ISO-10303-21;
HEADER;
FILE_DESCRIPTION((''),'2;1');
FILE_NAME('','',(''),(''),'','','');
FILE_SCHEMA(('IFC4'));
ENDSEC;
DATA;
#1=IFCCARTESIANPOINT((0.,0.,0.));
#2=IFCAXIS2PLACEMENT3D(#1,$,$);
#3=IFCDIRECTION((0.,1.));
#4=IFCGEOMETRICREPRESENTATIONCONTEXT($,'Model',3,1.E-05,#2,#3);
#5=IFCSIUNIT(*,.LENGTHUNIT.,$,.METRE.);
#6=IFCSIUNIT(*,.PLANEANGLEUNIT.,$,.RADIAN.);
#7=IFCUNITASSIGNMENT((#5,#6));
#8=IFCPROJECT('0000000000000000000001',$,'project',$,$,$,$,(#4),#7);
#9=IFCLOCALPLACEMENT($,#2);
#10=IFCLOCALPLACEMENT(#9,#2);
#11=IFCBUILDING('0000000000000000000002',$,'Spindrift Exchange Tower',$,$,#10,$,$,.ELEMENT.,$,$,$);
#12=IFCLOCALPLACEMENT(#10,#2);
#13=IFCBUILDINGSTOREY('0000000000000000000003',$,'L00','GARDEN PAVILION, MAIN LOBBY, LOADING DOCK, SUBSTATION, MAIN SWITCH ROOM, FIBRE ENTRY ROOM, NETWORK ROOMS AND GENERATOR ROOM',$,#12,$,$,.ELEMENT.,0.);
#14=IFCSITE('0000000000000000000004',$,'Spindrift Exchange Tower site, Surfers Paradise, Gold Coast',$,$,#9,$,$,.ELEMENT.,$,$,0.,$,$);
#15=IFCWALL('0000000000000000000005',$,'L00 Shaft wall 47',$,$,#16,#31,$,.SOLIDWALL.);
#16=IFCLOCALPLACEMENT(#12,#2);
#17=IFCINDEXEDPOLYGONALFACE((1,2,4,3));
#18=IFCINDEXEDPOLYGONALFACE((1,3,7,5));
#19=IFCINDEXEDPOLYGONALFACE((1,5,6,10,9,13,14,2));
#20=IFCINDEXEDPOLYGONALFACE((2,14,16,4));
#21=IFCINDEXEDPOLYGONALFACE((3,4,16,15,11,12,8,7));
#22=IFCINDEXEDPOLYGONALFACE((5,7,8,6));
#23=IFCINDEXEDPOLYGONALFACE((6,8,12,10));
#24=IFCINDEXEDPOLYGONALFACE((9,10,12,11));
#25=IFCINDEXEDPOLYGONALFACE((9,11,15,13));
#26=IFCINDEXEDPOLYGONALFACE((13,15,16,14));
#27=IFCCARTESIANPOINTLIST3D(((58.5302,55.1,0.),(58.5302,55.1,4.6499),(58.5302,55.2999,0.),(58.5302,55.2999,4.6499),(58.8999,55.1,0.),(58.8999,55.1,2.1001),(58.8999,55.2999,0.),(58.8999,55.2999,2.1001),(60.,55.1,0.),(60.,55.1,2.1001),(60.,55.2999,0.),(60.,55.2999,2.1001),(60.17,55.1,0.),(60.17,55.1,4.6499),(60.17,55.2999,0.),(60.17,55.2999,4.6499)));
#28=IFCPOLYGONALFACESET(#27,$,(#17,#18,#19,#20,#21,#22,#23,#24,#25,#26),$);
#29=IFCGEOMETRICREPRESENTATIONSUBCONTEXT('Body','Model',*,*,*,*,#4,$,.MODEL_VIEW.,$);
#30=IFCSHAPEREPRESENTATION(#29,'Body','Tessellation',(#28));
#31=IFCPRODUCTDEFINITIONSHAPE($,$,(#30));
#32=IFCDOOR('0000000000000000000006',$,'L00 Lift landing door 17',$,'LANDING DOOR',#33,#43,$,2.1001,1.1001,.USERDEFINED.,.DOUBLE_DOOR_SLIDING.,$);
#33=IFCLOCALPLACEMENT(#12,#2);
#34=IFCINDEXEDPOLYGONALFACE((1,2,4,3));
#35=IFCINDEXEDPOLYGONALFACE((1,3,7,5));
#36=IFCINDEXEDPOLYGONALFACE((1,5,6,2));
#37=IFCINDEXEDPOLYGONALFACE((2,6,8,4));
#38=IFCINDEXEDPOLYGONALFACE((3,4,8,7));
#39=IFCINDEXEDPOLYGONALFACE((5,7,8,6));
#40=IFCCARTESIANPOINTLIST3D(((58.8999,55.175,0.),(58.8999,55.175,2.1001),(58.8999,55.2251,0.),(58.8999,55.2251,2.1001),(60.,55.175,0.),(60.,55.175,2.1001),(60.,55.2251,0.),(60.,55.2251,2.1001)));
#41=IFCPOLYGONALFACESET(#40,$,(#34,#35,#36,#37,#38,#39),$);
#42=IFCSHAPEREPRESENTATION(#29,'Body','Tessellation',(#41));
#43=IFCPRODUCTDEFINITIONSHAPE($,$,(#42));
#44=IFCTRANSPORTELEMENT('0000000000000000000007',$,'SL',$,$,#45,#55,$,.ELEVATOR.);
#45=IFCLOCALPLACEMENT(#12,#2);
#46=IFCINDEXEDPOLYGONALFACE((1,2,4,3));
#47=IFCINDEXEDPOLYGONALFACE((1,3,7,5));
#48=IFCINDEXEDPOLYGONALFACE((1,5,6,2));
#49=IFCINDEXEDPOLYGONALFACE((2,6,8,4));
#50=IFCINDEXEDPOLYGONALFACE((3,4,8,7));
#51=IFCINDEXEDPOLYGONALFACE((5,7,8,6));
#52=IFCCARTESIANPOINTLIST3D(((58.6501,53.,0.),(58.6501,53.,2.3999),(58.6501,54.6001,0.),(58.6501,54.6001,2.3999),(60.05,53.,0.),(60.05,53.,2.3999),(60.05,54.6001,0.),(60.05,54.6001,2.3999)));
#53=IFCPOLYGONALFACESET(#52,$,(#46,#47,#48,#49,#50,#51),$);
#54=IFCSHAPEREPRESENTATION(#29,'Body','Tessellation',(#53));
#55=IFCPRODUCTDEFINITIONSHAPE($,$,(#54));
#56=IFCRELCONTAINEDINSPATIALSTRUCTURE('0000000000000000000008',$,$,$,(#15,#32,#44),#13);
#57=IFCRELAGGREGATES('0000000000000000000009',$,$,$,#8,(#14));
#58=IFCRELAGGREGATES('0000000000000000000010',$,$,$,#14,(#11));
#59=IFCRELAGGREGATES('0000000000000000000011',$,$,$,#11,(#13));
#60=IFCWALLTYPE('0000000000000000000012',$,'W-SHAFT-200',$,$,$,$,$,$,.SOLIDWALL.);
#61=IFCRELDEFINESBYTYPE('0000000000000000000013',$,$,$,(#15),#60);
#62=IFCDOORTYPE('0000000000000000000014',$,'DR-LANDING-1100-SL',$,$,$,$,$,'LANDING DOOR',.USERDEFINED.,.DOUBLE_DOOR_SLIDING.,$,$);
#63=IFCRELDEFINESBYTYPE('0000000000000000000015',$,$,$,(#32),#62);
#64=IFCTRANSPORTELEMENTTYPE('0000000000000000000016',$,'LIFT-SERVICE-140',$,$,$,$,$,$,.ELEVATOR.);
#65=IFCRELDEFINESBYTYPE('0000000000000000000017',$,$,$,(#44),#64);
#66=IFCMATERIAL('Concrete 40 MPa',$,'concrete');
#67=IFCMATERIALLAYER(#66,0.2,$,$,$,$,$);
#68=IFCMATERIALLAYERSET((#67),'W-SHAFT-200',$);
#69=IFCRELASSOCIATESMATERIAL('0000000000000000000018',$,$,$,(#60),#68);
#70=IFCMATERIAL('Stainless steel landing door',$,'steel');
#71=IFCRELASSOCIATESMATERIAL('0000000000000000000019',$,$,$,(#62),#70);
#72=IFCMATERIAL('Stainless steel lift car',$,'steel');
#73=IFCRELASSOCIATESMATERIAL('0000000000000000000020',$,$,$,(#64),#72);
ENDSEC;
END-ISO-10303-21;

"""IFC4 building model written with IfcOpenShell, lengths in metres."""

from ifc_helpers import new_model, si_unit, direction, frame, frame_2d, origin, origin_2d, place, context, subcontext, project, spatial, rectangle, extrude, source, transform, mapped, material, layer, layer_set, type_object, element, fill, save


model = new_model("IFC4")

# Units and contexts
model_context = context("Model", 3, precision=1e-05, world=origin(), true_north=direction((0.0, 1.0)))
body_context = subcontext(model_context, "Body", "Model", "MODEL_VIEW")
ifc_project = project(units=[si_unit("LENGTHUNIT", "METRE"), si_unit("PLANEANGLEUNIT", "RADIAN")], contexts=[model_context])

# Site, building, storey
site_placement = place(None, origin())
site = spatial("IfcSite", under=ifc_project, at=site_placement, Name="Spindrift Exchange Tower site, Surfers Paradise, Gold Coast", CompositionType="ELEMENT", RefElevation=0.0)
building_placement = place(site_placement, origin())
building = spatial("IfcBuilding", under=site, at=building_placement, Name="Spindrift Exchange Tower", CompositionType="ELEMENT")
storey_placement = place(building_placement, origin())
storey = spatial("IfcBuildingStorey", under=building, at=storey_placement, Name="L00", Description="GARDEN PAVILION, MAIN LOBBY, LOADING DOCK, SUBSTATION, MAIN SWITCH ROOM, FIBRE ENTRY ROOM, NETWORK ROOMS AND GENERATOR ROOM", CompositionType="ELEMENT", Elevation=0.0)

# Shared definitions
ifc_material_1 = material(Name="Concrete 40 MPa", Category="concrete")

# Shared definitions
ifc_layer_1 = layer(ifc_material_1, 0.2)
ifc_layer_set_1 = layer_set([ifc_layer_1], Name="W-SHAFT-200")
wall_type_1 = type_object("IfcWallType", Name="W-SHAFT-200", PredefinedType="SOLIDWALL", material=ifc_layer_set_1)

# Wall, opening, door
wall_1_placement = place(storey_placement, frame((60.1699, 55.2, 0.0), z_axis=(0.0, 0.0, 1.0), x_axis=(-1.0, 0.0, 0.0)))
wall_1 = element("IfcWall", 1, at=wall_1_placement, inside=storey, type_object=wall_type_1, Name="L00 Shaft wall 47", PredefinedType="SOLIDWALL", context=body_context, shape_type="SweptSolid", body=[
    extrude(rectangle(XDim=1.6399, YDim=0.2, at=frame_2d((0.8198, 0.0))), origin(), (0.0, 0.0, 1.0), 4.6499),
])
opening_1_placement = place(wall_1_placement, frame((0.1699, 0.0, 0.0)))
opening_1 = element("IfcOpeningElement", 2, at=opening_1_placement, cuts=wall_1, PredefinedType="OPENING", context=body_context, shape_type="SweptSolid", body=[
    extrude(rectangle(XDim=1.1001, YDim=2.1001, at=frame_2d((0.55, 1.05))), frame((0.0, 0.1099, 0.0), z_axis=(0.0, -1.0, 0.0), x_axis=(1.0, 0.0, 0.0)), (0.0, 0.0, 1.0), 0.22),
])
ifc_material_2 = material(Name="Stainless steel landing door", Category="steel")
door_type_1 = type_object("IfcDoorType", Name="DR-LANDING-1100-SL", ElementType="LANDING DOOR", OperationType="DOUBLE_DOOR_SLIDING", PredefinedType="USERDEFINED", material=ifc_material_2)
shared_shape_1 = source(origin(), body_context, "Body", "SweptSolid", [
    extrude(rectangle(XDim=1.1001, YDim=2.1001, at=frame_2d((0.55, 1.05))), frame((0.0, 0.0249, 0.0), z_axis=(0.0, -1.0, 0.0), x_axis=(1.0, 0.0, 0.0)), (0.0, 0.0, 1.0), 0.05),
])
door_1_placement = place(opening_1_placement, origin())
door_1 = element("IfcDoor", 3, at=door_1_placement, inside=storey, type_object=door_type_1, Name="L00 Lift landing door 17", ObjectType="LANDING DOOR", OperationType="DOUBLE_DOOR_SLIDING", OverallHeight=2.1001, OverallWidth=1.1001, PredefinedType="USERDEFINED", context=body_context, shape_type="MappedRepresentation", body=[
    mapped(shared_shape_1, transform((0.0, 0.0, 0.0), scale=1.0)),
])
fill(opening_1, door_1)

# Transport element
ifc_material_3 = material(Name="Stainless steel lift car", Category="steel")
transport_element_type = type_object("IfcTransportElementType", Name="LIFT-SERVICE-140", PredefinedType="ELEVATOR", material=ifc_material_3)
shared_shape_2 = source(origin(), body_context, "Body", "SweptSolid", [
    extrude(rectangle(XDim=1.3999, YDim=1.6001, at=origin_2d()), origin(), (0.0, 0.0, 1.0), 2.3999),
])
transport_element_placement = place(storey_placement, frame((59.3501, 53.8, 0.0), z_axis=(0.0, 0.0, 1.0), x_axis=(1.0, 0.0, 0.0)))
element("IfcTransportElement", 4, at=transport_element_placement, inside=storey, type_object=transport_element_type, Name="SL", PredefinedType="ELEVATOR", context=body_context, shape_type="MappedRepresentation", body=[
    mapped(shared_shape_2, transform((0.0, 0.0, 0.0), scale=1.0)),
])

save(model, "model.ifc")
